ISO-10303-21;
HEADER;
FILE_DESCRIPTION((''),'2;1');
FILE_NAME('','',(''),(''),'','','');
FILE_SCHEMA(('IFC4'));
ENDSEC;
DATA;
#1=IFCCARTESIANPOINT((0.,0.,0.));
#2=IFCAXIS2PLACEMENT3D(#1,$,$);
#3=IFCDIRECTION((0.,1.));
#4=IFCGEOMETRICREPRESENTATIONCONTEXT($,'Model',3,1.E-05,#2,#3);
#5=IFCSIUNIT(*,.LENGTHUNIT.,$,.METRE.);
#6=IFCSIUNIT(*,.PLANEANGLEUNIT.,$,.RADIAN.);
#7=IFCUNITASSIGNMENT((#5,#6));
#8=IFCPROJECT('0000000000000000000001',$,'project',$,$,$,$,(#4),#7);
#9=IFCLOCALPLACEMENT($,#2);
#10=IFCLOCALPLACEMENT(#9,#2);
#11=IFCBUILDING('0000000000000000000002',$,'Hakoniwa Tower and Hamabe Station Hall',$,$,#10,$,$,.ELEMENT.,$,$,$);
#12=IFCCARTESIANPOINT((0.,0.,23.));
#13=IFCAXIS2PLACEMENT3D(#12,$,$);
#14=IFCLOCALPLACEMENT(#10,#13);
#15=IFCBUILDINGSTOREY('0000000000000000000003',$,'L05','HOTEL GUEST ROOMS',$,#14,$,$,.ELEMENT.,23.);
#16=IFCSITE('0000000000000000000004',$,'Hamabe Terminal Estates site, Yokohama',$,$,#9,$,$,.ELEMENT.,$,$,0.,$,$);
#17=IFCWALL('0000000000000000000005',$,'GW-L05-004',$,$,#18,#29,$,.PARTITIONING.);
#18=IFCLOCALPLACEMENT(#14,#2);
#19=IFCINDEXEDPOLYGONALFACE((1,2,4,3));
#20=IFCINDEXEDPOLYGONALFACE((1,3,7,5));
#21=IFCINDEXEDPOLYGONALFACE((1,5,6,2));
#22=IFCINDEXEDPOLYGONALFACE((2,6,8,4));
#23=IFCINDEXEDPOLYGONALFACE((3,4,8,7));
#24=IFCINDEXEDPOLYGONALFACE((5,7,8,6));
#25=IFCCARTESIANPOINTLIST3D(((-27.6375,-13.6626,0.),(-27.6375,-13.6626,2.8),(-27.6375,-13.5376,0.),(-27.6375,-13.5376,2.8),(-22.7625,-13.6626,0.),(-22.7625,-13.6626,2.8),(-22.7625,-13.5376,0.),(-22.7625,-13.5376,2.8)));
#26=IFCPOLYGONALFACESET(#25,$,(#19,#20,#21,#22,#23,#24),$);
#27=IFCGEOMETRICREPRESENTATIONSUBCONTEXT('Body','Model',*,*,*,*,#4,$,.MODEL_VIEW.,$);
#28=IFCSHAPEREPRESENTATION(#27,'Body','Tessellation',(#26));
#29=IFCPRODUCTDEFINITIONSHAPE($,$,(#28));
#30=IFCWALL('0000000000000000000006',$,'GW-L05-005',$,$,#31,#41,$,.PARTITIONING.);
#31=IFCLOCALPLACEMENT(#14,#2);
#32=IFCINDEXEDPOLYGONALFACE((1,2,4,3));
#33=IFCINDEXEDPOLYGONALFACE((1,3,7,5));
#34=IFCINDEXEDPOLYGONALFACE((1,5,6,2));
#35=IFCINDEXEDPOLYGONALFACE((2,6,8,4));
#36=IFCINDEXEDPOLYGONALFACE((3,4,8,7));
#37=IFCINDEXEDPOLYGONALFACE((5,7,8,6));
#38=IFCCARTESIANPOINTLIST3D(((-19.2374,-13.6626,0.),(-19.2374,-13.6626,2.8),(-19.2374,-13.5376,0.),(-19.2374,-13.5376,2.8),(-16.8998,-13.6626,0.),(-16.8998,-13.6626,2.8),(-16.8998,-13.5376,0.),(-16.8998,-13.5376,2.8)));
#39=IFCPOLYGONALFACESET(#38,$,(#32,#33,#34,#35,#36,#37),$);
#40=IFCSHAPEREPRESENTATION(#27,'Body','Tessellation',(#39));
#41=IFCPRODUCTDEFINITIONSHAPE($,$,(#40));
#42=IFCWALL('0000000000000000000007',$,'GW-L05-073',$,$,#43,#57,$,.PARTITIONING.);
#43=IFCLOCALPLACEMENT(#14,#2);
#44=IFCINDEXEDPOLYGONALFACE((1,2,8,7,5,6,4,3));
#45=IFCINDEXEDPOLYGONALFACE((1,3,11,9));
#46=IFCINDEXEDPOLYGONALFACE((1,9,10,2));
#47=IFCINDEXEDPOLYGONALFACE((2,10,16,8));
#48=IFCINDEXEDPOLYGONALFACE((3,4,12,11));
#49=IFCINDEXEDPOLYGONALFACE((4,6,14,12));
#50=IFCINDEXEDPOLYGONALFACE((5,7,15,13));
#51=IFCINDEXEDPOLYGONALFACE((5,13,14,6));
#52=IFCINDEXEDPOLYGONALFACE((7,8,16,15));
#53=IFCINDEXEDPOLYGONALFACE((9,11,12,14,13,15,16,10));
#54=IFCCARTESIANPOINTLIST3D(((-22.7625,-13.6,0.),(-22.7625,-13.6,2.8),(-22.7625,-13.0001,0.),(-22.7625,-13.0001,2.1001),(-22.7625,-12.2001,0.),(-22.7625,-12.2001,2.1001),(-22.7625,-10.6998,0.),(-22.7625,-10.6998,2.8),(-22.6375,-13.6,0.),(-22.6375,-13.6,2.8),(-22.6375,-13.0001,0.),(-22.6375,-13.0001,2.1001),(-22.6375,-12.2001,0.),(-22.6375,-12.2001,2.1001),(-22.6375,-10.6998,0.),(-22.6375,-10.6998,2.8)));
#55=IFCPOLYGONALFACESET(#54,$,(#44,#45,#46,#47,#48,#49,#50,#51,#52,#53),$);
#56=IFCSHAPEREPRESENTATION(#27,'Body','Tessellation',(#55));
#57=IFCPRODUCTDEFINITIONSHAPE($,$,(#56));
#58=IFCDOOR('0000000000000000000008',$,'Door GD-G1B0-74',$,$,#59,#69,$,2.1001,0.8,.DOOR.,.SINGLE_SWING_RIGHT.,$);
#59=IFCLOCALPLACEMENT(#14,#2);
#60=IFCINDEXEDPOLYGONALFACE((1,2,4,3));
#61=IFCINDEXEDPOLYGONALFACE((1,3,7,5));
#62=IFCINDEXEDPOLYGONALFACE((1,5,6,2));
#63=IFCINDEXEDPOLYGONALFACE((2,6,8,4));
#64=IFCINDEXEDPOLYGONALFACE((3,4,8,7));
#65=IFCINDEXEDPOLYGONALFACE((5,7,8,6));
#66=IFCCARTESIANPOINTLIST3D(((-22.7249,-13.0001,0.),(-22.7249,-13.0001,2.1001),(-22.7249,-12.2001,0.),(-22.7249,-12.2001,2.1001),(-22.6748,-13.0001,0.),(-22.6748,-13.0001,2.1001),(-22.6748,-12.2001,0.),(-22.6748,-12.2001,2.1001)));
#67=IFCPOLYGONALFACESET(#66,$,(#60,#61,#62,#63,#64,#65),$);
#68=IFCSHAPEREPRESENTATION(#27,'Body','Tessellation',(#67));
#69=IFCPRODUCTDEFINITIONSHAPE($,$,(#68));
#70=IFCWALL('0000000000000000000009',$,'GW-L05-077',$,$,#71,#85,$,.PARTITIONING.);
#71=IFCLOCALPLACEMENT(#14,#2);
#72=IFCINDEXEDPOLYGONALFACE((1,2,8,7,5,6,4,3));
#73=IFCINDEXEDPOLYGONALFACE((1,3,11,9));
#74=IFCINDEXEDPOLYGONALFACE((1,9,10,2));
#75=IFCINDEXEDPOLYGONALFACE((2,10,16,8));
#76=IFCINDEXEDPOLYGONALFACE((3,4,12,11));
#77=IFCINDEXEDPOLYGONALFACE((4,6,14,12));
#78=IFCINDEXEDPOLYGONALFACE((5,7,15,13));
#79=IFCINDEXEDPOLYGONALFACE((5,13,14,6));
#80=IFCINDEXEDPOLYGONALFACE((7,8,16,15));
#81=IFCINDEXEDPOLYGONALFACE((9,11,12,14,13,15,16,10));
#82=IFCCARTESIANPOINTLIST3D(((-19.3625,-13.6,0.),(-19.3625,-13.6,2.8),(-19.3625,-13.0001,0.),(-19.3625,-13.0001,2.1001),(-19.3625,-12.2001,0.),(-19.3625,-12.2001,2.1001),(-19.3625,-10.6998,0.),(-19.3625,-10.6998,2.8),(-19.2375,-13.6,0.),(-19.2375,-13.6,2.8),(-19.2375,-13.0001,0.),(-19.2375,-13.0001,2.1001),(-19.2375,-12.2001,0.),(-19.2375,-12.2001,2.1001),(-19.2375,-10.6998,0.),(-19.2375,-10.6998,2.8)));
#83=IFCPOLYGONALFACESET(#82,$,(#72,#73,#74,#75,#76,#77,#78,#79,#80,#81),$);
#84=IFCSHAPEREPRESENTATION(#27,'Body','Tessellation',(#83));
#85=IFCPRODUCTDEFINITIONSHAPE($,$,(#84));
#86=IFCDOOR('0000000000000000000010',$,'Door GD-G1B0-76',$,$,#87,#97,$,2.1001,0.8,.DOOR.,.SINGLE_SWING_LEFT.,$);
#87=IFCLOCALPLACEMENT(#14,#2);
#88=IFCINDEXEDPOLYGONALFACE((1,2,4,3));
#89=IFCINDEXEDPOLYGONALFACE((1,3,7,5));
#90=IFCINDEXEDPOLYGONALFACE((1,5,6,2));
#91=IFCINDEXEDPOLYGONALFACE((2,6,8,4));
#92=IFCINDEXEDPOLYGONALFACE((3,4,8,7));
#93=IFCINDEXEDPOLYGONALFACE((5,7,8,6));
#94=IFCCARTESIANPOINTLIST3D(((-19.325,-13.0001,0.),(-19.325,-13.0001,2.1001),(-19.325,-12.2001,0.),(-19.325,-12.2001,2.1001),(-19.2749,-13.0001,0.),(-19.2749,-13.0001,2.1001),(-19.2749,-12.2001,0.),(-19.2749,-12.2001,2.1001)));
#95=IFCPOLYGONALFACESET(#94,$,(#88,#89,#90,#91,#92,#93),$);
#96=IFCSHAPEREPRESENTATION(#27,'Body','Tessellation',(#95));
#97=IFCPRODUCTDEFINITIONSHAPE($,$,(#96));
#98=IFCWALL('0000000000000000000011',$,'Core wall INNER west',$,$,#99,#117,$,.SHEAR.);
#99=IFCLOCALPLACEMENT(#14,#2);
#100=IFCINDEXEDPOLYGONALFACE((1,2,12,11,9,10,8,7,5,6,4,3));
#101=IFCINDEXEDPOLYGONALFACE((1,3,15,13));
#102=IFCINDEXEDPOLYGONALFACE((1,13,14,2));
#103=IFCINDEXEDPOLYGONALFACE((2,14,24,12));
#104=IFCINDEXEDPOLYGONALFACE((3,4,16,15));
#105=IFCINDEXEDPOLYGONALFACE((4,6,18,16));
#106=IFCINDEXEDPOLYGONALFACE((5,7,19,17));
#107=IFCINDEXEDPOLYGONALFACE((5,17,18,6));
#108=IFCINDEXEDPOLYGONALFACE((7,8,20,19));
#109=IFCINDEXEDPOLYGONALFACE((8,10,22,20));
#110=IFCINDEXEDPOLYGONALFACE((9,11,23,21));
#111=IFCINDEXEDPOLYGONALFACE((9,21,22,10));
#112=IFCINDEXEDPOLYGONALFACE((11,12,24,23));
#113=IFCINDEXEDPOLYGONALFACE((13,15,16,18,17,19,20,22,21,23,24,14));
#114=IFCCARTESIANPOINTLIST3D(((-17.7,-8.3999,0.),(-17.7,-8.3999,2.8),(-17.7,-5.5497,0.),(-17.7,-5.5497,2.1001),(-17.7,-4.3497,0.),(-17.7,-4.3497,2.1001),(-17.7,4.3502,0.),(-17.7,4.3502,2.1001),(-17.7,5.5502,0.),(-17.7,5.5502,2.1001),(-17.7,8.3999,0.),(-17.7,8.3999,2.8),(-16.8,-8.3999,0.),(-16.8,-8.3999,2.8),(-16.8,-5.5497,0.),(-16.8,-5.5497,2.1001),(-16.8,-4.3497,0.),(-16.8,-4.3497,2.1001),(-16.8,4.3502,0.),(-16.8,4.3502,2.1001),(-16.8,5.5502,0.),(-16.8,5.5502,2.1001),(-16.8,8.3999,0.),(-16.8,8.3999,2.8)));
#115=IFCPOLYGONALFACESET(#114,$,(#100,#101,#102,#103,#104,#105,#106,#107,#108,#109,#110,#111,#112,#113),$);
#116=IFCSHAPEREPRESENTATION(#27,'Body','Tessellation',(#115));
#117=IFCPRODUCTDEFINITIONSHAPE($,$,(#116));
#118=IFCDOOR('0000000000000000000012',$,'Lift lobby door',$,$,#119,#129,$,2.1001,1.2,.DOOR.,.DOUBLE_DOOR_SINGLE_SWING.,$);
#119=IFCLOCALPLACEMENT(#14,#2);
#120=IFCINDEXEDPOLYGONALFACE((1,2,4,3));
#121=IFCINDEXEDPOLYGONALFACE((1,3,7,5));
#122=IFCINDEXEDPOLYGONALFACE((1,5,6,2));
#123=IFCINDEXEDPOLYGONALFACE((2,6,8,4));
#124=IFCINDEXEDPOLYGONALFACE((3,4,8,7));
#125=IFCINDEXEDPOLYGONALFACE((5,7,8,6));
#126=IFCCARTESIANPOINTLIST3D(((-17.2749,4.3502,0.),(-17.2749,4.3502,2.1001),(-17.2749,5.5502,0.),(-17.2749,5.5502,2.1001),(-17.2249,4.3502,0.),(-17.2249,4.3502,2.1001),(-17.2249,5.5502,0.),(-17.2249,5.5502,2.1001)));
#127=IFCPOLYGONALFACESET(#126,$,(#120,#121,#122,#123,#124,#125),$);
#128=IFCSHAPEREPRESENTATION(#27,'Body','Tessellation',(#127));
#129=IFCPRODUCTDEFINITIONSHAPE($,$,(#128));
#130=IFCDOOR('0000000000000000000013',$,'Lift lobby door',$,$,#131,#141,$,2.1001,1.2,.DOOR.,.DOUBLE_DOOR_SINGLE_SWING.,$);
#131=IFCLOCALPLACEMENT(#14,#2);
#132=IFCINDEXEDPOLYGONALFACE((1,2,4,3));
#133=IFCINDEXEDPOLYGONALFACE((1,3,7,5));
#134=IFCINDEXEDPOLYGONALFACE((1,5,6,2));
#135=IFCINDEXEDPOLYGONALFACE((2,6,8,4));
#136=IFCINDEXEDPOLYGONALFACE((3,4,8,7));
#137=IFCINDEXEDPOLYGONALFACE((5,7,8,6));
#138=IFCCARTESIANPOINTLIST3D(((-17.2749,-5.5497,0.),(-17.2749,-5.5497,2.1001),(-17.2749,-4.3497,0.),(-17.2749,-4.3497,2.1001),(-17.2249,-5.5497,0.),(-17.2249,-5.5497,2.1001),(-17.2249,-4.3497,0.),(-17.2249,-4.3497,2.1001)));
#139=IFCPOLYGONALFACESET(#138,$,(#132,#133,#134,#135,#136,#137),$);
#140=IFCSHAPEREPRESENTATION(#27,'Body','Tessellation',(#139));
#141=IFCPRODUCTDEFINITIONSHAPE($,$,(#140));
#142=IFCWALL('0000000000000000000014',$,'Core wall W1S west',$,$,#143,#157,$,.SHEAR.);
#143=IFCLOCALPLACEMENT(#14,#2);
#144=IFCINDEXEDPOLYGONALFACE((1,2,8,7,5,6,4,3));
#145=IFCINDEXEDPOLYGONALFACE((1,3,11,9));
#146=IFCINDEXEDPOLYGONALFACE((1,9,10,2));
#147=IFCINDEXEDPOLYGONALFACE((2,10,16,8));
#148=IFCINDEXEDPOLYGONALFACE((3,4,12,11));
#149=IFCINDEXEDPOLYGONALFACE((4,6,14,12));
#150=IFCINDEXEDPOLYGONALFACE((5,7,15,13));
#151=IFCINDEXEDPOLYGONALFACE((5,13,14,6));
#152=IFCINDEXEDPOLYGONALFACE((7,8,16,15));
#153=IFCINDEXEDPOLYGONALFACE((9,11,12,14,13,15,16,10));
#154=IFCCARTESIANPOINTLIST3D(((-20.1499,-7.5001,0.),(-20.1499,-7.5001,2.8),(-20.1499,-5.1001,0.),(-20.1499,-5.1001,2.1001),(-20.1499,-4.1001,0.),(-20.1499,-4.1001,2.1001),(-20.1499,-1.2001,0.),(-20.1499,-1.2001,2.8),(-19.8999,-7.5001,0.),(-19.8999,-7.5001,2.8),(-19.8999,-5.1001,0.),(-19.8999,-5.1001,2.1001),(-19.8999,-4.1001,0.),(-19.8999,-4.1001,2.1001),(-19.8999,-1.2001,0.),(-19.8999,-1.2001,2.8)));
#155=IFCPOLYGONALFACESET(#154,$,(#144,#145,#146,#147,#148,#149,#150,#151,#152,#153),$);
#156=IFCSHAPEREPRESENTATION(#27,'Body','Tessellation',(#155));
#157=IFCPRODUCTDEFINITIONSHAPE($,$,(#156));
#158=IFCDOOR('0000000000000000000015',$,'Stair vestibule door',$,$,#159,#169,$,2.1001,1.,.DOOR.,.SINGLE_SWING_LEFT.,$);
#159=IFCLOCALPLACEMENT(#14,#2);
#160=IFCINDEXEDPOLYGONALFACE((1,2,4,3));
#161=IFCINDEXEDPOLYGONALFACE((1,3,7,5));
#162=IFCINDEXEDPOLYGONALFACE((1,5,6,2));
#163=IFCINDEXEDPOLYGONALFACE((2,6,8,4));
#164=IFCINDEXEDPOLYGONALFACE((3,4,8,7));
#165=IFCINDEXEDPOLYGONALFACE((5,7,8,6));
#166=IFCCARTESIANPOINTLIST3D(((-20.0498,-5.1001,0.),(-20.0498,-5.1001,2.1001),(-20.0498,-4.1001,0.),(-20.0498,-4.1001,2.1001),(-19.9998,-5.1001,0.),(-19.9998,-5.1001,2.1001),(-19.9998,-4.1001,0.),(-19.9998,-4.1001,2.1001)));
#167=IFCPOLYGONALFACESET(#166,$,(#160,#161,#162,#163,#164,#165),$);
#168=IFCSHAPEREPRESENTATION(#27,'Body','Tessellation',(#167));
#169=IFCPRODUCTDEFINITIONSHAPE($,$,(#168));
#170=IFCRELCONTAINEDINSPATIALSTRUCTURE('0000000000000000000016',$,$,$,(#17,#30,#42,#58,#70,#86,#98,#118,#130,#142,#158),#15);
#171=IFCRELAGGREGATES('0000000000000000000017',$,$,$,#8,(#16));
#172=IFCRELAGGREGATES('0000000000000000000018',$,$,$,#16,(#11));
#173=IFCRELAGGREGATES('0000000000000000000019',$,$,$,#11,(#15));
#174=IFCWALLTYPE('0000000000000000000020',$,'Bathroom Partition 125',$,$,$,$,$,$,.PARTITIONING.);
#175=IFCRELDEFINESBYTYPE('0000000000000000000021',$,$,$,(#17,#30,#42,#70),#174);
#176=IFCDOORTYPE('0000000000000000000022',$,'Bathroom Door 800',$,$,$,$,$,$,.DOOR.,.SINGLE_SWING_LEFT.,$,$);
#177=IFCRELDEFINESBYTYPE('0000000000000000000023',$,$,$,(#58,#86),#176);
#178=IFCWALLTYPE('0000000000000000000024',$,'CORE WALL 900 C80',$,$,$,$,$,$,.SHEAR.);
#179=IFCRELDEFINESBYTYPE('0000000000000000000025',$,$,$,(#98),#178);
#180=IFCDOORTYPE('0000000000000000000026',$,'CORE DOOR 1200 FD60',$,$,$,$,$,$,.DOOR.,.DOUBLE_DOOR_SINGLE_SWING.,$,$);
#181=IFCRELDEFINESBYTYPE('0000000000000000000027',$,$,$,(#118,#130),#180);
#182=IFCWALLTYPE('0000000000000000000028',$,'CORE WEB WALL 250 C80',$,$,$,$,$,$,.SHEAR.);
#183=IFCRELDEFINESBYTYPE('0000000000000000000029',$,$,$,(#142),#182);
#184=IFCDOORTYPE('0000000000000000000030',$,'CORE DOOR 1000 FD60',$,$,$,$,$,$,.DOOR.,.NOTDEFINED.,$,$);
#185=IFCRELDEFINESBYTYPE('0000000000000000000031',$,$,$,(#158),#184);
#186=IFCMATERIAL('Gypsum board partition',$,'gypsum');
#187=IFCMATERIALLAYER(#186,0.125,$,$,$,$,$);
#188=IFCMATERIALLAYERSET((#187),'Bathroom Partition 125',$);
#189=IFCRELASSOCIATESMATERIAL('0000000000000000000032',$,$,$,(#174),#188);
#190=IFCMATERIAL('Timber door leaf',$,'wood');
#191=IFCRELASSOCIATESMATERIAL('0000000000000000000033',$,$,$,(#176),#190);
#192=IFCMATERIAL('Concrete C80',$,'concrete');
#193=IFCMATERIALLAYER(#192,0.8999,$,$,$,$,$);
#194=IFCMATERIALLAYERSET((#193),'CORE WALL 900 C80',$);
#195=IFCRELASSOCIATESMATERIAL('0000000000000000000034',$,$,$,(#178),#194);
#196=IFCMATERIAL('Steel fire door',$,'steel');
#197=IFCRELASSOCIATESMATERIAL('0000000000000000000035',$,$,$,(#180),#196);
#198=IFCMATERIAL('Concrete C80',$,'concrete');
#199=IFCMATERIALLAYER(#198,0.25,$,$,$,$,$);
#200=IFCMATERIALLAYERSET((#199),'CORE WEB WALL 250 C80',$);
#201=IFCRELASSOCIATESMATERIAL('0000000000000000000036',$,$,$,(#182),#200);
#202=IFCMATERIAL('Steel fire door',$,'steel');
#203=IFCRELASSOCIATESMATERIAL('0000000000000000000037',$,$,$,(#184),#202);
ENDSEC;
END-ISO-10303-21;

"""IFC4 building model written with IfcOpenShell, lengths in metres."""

from ifc_helpers import new_model, si_unit, direction, frame, frame_2d, origin, place, context, subcontext, project, spatial, rectangle, extrude, material, layer, layer_set, type_object, element, fill, save


model = new_model("IFC4")

# Units and contexts
model_context = context("Model", 3, precision=1e-05, world=origin(), true_north=direction((0.0, 1.0)))
body_context = subcontext(model_context, "Body", "Model", "MODEL_VIEW")
ifc_project = project(units=[si_unit("LENGTHUNIT", "METRE"), si_unit("PLANEANGLEUNIT", "RADIAN")], contexts=[model_context])

# Site, building, storey
site_placement = place(None, origin())
site = spatial("IfcSite", under=ifc_project, at=site_placement, Name="Hamabe Terminal Estates site, Yokohama", CompositionType="ELEMENT", RefElevation=0.0)
building_placement = place(site_placement, origin())
building = spatial("IfcBuilding", under=site, at=building_placement, Name="Hakoniwa Tower and Hamabe Station Hall", CompositionType="ELEMENT")
storey_placement = place(building_placement, frame((0.0, 0.0, 23.0)))
storey = spatial("IfcBuildingStorey", under=building, at=storey_placement, Name="L05", Description="HOTEL GUEST ROOMS", CompositionType="ELEMENT", Elevation=23.0)

# Walls
ifc_material_1 = material(Name="Gypsum board partition", Category="gypsum")
ifc_layer_1 = layer(ifc_material_1, 0.125)
ifc_layer_set_1 = layer_set([ifc_layer_1], Name="Bathroom Partition 125")
wall_type_1 = type_object("IfcWallType", Name="Bathroom Partition 125", PredefinedType="PARTITIONING", material=ifc_layer_set_1)
wall_1_placement = place(storey_placement, frame((-27.6375, -13.6001, 0.0), z_axis=(0.0, 0.0, 1.0), x_axis=(1.0, 0.0, 0.0)))
element("IfcWall", 1, at=wall_1_placement, inside=storey, type_object=wall_type_1, Name="GW-L05-004", PredefinedType="PARTITIONING", context=body_context, shape_type="SweptSolid", body=[
    extrude(rectangle(XDim=4.875, YDim=0.125, at=frame_2d((2.4375, 0.0))), origin(), (0.0, 0.0, 1.0), 2.8),
])
wall_2_placement = place(storey_placement, frame((-19.2375, -13.6001, 0.0), z_axis=(0.0, 0.0, 1.0), x_axis=(1.0, 0.0, 0.0)))
element("IfcWall", 2, at=wall_2_placement, inside=storey, type_object=wall_type_1, Name="GW-L05-005", PredefinedType="PARTITIONING", context=body_context, shape_type="SweptSolid", body=[
    extrude(rectangle(XDim=2.3376, YDim=0.125, at=frame_2d((1.1689, 0.0))), origin(), (0.0, 0.0, 1.0), 2.8),
])

# Walls, openings, doors
wall_3_placement = place(storey_placement, frame((-22.7, -13.6001, 0.0), z_axis=(0.0, 0.0, 1.0), x_axis=(0.0, 1.0, 0.0)))
wall_3 = element("IfcWall", 3, at=wall_3_placement, inside=storey, type_object=wall_type_1, Name="GW-L05-073", PredefinedType="PARTITIONING", context=body_context, shape_type="SweptSolid", body=[
    extrude(rectangle(XDim=2.9001, YDim=0.125, at=frame_2d((1.4502, 0.0))), origin(), (0.0, 0.0, 1.0), 2.8),
])
opening_1_placement = place(wall_3_placement, frame((0.6001, 0.0, 0.0)))
opening_1 = element("IfcOpeningElement", 4, at=opening_1_placement, cuts=wall_3, PredefinedType="OPENING", context=body_context, shape_type="SweptSolid", body=[
    extrude(rectangle(XDim=0.8, YDim=2.1001, at=frame_2d((0.3999, 1.05))), frame((0.0, 0.0725, 0.0), z_axis=(0.0, -1.0, 0.0), x_axis=(1.0, 0.0, 0.0)), (0.0, 0.0, 1.0), 0.145),
])
ifc_material_2 = material(Name="Timber door leaf", Category="wood")
door_type_1 = type_object("IfcDoorType", Name="Bathroom Door 800", OperationType="SINGLE_SWING_LEFT", PredefinedType="DOOR", material=ifc_material_2)
door_1_placement = place(opening_1_placement, origin())
door_1 = element("IfcDoor", 5, at=door_1_placement, inside=storey, type_object=door_type_1, Name="Door GD-G1B0-74", OperationType="SINGLE_SWING_RIGHT", OverallHeight=2.1001, OverallWidth=0.8, PredefinedType="DOOR", context=body_context, shape_type="SweptSolid", body=[
    extrude(rectangle(XDim=0.8, YDim=2.1001, at=frame_2d((0.3999, 1.05))), frame((0.0, 0.0249, 0.0), z_axis=(0.0, -1.0, 0.0), x_axis=(1.0, 0.0, 0.0)), (0.0, 0.0, 1.0), 0.05),
])
fill(opening_1, door_1)
wall_4_placement = place(storey_placement, frame((-19.3, -13.6001, 0.0), z_axis=(0.0, 0.0, 1.0), x_axis=(0.0, 1.0, 0.0)))
wall_4 = element("IfcWall", 6, at=wall_4_placement, inside=storey, type_object=wall_type_1, Name="GW-L05-077", PredefinedType="PARTITIONING", context=body_context, shape_type="SweptSolid", body=[
    extrude(rectangle(XDim=2.9001, YDim=0.125, at=frame_2d((1.4502, 0.0))), origin(), (0.0, 0.0, 1.0), 2.8),
])
opening_2_placement = place(wall_4_placement, frame((0.6001, 0.0, 0.0)))
opening_2 = element("IfcOpeningElement", 7, at=opening_2_placement, cuts=wall_4, PredefinedType="OPENING", context=body_context, shape_type="SweptSolid", body=[
    extrude(rectangle(XDim=0.8, YDim=2.1001, at=frame_2d((0.3999, 1.05))), frame((0.0, 0.0725, 0.0), z_axis=(0.0, -1.0, 0.0), x_axis=(1.0, 0.0, 0.0)), (0.0, 0.0, 1.0), 0.145),
])
door_2_placement = place(opening_2_placement, origin())
door_2 = element("IfcDoor", 8, at=door_2_placement, inside=storey, type_object=door_type_1, Name="Door GD-G1B0-76", OperationType="SINGLE_SWING_LEFT", OverallHeight=2.1001, OverallWidth=0.8, PredefinedType="DOOR", context=body_context, shape_type="SweptSolid", body=[
    extrude(rectangle(XDim=0.8, YDim=2.1001, at=frame_2d((0.3999, 1.05))), frame((0.0, 0.0249, 0.0), z_axis=(0.0, -1.0, 0.0), x_axis=(1.0, 0.0, 0.0)), (0.0, 0.0, 1.0), 0.05),
])
fill(opening_2, door_2)

# Wall, openings, doors
ifc_material_3 = material(Name="Concrete C80", Category="concrete")
ifc_layer_2 = layer(ifc_material_3, 0.8999)
ifc_layer_set_2 = layer_set([ifc_layer_2], Name="CORE WALL 900 C80")
wall_type_2 = type_object("IfcWallType", Name="CORE WALL 900 C80", PredefinedType="SHEAR", material=ifc_layer_set_2)
wall_5_placement = place(storey_placement, frame((-17.25, -8.3999, 0.0), z_axis=(0.0, 0.0, 1.0), x_axis=(0.0, 1.0, 0.0)))
wall_5 = element("IfcWall", 9, at=wall_5_placement, inside=storey, type_object=wall_type_2, Name="Core wall INNER west", PredefinedType="SHEAR", context=body_context, shape_type="SweptSolid", body=[
    extrude(rectangle(XDim=16.7998, YDim=0.8999, at=frame_2d((8.3999, 0.0))), origin(), (0.0, 0.0, 1.0), 2.8),
])
opening_3_placement = place(wall_5_placement, frame((12.75, 0.0, 0.0)))
opening_3 = element("IfcOpeningElement", 10, at=opening_3_placement, cuts=wall_5, PredefinedType="OPENING", context=body_context, shape_type="SweptSolid", body=[
    extrude(rectangle(XDim=1.2, YDim=2.1001, at=frame_2d((0.6001, 1.05))), frame((0.0, 0.46, 0.0), z_axis=(0.0, -1.0, 0.0), x_axis=(1.0, 0.0, 0.0)), (0.0, 0.0, 1.0), 0.9199),
])
opening_4_placement = place(wall_5_placement, frame((2.8501, 0.0, 0.0)))
opening_4 = element("IfcOpeningElement", 11, at=opening_4_placement, cuts=wall_5, PredefinedType="OPENING", context=body_context, shape_type="SweptSolid", body=[
    extrude(rectangle(XDim=1.2, YDim=2.1001, at=frame_2d((0.6001, 1.05))), frame((0.0, 0.46, 0.0), z_axis=(0.0, -1.0, 0.0), x_axis=(1.0, 0.0, 0.0)), (0.0, 0.0, 1.0), 0.9199),
])
ifc_material_4 = material(Name="Steel fire door", Category="steel")
door_type_2 = type_object("IfcDoorType", Name="CORE DOOR 1200 FD60", OperationType="DOUBLE_DOOR_SINGLE_SWING", PredefinedType="DOOR", material=ifc_material_4)
door_3_placement = place(opening_3_placement, origin())
door_3 = element("IfcDoor", 12, at=door_3_placement, inside=storey, type_object=door_type_2, Name="Lift lobby door", OperationType="DOUBLE_DOOR_SINGLE_SWING", OverallHeight=2.1001, OverallWidth=1.2, PredefinedType="DOOR", context=body_context, shape_type="SweptSolid", body=[
    extrude(rectangle(XDim=1.2, YDim=2.1001, at=frame_2d((0.6001, 1.05))), frame((0.0, 0.0249, 0.0), z_axis=(0.0, -1.0, 0.0), x_axis=(1.0, 0.0, 0.0)), (0.0, 0.0, 1.0), 0.05),
])
fill(opening_3, door_3)
door_4_placement = place(opening_4_placement, origin())
door_4 = element("IfcDoor", 13, at=door_4_placement, inside=storey, type_object=door_type_2, Name="Lift lobby door", OperationType="DOUBLE_DOOR_SINGLE_SWING", OverallHeight=2.1001, OverallWidth=1.2, PredefinedType="DOOR", context=body_context, shape_type="SweptSolid", body=[
    extrude(rectangle(XDim=1.2, YDim=2.1001, at=frame_2d((0.6001, 1.05))), frame((0.0, 0.0249, 0.0), z_axis=(0.0, -1.0, 0.0), x_axis=(1.0, 0.0, 0.0)), (0.0, 0.0, 1.0), 0.05),
])
fill(opening_4, door_4)

# Wall, opening, door
ifc_material_5 = material(Name="Concrete C80", Category="concrete")
ifc_layer_3 = layer(ifc_material_5, 0.25)
ifc_layer_set_3 = layer_set([ifc_layer_3], Name="CORE WEB WALL 250 C80")
wall_type_3 = type_object("IfcWallType", Name="CORE WEB WALL 250 C80", PredefinedType="SHEAR", material=ifc_layer_set_3)
wall_6_placement = place(storey_placement, frame((-20.0249, -7.5, 0.0), z_axis=(0.0, 0.0, 1.0), x_axis=(0.0, 1.0, 0.0)))
wall_6 = element("IfcWall", 14, at=wall_6_placement, inside=storey, type_object=wall_type_3, Name="Core wall W1S west", PredefinedType="SHEAR", context=body_context, shape_type="SweptSolid", body=[
    extrude(rectangle(XDim=6.3, YDim=0.25, at=frame_2d((3.1499, 0.0))), origin(), (0.0, 0.0, 1.0), 2.8),
])
opening_5_placement = place(wall_6_placement, frame((2.3999, 0.0, 0.0)))
opening_5 = element("IfcOpeningElement", 15, at=opening_5_placement, cuts=wall_6, PredefinedType="OPENING", context=body_context, shape_type="SweptSolid", body=[
    extrude(rectangle(XDim=1.0, YDim=2.1001, at=frame_2d((0.5, 1.05))), frame((0.0, 0.135, 0.0), z_axis=(0.0, -1.0, 0.0), x_axis=(1.0, 0.0, 0.0)), (0.0, 0.0, 1.0), 0.27),
])
ifc_material_6 = material(Name="Steel fire door", Category="steel")
door_type_3 = type_object("IfcDoorType", Name="CORE DOOR 1000 FD60", OperationType="NOTDEFINED", PredefinedType="DOOR", material=ifc_material_6)
door_5_placement = place(opening_5_placement, origin())
door_5 = element("IfcDoor", 16, at=door_5_placement, inside=storey, type_object=door_type_3, Name="Stair vestibule door", OperationType="SINGLE_SWING_LEFT", OverallHeight=2.1001, OverallWidth=1.0, PredefinedType="DOOR", context=body_context, shape_type="SweptSolid", body=[
    extrude(rectangle(XDim=1.0, YDim=2.1001, at=frame_2d((0.5, 1.05))), frame((0.0, 0.0249, 0.0), z_axis=(0.0, -1.0, 0.0), x_axis=(1.0, 0.0, 0.0)), (0.0, 0.0, 1.0), 0.05),
])
fill(opening_5, door_5)

save(model, "model.ifc")
